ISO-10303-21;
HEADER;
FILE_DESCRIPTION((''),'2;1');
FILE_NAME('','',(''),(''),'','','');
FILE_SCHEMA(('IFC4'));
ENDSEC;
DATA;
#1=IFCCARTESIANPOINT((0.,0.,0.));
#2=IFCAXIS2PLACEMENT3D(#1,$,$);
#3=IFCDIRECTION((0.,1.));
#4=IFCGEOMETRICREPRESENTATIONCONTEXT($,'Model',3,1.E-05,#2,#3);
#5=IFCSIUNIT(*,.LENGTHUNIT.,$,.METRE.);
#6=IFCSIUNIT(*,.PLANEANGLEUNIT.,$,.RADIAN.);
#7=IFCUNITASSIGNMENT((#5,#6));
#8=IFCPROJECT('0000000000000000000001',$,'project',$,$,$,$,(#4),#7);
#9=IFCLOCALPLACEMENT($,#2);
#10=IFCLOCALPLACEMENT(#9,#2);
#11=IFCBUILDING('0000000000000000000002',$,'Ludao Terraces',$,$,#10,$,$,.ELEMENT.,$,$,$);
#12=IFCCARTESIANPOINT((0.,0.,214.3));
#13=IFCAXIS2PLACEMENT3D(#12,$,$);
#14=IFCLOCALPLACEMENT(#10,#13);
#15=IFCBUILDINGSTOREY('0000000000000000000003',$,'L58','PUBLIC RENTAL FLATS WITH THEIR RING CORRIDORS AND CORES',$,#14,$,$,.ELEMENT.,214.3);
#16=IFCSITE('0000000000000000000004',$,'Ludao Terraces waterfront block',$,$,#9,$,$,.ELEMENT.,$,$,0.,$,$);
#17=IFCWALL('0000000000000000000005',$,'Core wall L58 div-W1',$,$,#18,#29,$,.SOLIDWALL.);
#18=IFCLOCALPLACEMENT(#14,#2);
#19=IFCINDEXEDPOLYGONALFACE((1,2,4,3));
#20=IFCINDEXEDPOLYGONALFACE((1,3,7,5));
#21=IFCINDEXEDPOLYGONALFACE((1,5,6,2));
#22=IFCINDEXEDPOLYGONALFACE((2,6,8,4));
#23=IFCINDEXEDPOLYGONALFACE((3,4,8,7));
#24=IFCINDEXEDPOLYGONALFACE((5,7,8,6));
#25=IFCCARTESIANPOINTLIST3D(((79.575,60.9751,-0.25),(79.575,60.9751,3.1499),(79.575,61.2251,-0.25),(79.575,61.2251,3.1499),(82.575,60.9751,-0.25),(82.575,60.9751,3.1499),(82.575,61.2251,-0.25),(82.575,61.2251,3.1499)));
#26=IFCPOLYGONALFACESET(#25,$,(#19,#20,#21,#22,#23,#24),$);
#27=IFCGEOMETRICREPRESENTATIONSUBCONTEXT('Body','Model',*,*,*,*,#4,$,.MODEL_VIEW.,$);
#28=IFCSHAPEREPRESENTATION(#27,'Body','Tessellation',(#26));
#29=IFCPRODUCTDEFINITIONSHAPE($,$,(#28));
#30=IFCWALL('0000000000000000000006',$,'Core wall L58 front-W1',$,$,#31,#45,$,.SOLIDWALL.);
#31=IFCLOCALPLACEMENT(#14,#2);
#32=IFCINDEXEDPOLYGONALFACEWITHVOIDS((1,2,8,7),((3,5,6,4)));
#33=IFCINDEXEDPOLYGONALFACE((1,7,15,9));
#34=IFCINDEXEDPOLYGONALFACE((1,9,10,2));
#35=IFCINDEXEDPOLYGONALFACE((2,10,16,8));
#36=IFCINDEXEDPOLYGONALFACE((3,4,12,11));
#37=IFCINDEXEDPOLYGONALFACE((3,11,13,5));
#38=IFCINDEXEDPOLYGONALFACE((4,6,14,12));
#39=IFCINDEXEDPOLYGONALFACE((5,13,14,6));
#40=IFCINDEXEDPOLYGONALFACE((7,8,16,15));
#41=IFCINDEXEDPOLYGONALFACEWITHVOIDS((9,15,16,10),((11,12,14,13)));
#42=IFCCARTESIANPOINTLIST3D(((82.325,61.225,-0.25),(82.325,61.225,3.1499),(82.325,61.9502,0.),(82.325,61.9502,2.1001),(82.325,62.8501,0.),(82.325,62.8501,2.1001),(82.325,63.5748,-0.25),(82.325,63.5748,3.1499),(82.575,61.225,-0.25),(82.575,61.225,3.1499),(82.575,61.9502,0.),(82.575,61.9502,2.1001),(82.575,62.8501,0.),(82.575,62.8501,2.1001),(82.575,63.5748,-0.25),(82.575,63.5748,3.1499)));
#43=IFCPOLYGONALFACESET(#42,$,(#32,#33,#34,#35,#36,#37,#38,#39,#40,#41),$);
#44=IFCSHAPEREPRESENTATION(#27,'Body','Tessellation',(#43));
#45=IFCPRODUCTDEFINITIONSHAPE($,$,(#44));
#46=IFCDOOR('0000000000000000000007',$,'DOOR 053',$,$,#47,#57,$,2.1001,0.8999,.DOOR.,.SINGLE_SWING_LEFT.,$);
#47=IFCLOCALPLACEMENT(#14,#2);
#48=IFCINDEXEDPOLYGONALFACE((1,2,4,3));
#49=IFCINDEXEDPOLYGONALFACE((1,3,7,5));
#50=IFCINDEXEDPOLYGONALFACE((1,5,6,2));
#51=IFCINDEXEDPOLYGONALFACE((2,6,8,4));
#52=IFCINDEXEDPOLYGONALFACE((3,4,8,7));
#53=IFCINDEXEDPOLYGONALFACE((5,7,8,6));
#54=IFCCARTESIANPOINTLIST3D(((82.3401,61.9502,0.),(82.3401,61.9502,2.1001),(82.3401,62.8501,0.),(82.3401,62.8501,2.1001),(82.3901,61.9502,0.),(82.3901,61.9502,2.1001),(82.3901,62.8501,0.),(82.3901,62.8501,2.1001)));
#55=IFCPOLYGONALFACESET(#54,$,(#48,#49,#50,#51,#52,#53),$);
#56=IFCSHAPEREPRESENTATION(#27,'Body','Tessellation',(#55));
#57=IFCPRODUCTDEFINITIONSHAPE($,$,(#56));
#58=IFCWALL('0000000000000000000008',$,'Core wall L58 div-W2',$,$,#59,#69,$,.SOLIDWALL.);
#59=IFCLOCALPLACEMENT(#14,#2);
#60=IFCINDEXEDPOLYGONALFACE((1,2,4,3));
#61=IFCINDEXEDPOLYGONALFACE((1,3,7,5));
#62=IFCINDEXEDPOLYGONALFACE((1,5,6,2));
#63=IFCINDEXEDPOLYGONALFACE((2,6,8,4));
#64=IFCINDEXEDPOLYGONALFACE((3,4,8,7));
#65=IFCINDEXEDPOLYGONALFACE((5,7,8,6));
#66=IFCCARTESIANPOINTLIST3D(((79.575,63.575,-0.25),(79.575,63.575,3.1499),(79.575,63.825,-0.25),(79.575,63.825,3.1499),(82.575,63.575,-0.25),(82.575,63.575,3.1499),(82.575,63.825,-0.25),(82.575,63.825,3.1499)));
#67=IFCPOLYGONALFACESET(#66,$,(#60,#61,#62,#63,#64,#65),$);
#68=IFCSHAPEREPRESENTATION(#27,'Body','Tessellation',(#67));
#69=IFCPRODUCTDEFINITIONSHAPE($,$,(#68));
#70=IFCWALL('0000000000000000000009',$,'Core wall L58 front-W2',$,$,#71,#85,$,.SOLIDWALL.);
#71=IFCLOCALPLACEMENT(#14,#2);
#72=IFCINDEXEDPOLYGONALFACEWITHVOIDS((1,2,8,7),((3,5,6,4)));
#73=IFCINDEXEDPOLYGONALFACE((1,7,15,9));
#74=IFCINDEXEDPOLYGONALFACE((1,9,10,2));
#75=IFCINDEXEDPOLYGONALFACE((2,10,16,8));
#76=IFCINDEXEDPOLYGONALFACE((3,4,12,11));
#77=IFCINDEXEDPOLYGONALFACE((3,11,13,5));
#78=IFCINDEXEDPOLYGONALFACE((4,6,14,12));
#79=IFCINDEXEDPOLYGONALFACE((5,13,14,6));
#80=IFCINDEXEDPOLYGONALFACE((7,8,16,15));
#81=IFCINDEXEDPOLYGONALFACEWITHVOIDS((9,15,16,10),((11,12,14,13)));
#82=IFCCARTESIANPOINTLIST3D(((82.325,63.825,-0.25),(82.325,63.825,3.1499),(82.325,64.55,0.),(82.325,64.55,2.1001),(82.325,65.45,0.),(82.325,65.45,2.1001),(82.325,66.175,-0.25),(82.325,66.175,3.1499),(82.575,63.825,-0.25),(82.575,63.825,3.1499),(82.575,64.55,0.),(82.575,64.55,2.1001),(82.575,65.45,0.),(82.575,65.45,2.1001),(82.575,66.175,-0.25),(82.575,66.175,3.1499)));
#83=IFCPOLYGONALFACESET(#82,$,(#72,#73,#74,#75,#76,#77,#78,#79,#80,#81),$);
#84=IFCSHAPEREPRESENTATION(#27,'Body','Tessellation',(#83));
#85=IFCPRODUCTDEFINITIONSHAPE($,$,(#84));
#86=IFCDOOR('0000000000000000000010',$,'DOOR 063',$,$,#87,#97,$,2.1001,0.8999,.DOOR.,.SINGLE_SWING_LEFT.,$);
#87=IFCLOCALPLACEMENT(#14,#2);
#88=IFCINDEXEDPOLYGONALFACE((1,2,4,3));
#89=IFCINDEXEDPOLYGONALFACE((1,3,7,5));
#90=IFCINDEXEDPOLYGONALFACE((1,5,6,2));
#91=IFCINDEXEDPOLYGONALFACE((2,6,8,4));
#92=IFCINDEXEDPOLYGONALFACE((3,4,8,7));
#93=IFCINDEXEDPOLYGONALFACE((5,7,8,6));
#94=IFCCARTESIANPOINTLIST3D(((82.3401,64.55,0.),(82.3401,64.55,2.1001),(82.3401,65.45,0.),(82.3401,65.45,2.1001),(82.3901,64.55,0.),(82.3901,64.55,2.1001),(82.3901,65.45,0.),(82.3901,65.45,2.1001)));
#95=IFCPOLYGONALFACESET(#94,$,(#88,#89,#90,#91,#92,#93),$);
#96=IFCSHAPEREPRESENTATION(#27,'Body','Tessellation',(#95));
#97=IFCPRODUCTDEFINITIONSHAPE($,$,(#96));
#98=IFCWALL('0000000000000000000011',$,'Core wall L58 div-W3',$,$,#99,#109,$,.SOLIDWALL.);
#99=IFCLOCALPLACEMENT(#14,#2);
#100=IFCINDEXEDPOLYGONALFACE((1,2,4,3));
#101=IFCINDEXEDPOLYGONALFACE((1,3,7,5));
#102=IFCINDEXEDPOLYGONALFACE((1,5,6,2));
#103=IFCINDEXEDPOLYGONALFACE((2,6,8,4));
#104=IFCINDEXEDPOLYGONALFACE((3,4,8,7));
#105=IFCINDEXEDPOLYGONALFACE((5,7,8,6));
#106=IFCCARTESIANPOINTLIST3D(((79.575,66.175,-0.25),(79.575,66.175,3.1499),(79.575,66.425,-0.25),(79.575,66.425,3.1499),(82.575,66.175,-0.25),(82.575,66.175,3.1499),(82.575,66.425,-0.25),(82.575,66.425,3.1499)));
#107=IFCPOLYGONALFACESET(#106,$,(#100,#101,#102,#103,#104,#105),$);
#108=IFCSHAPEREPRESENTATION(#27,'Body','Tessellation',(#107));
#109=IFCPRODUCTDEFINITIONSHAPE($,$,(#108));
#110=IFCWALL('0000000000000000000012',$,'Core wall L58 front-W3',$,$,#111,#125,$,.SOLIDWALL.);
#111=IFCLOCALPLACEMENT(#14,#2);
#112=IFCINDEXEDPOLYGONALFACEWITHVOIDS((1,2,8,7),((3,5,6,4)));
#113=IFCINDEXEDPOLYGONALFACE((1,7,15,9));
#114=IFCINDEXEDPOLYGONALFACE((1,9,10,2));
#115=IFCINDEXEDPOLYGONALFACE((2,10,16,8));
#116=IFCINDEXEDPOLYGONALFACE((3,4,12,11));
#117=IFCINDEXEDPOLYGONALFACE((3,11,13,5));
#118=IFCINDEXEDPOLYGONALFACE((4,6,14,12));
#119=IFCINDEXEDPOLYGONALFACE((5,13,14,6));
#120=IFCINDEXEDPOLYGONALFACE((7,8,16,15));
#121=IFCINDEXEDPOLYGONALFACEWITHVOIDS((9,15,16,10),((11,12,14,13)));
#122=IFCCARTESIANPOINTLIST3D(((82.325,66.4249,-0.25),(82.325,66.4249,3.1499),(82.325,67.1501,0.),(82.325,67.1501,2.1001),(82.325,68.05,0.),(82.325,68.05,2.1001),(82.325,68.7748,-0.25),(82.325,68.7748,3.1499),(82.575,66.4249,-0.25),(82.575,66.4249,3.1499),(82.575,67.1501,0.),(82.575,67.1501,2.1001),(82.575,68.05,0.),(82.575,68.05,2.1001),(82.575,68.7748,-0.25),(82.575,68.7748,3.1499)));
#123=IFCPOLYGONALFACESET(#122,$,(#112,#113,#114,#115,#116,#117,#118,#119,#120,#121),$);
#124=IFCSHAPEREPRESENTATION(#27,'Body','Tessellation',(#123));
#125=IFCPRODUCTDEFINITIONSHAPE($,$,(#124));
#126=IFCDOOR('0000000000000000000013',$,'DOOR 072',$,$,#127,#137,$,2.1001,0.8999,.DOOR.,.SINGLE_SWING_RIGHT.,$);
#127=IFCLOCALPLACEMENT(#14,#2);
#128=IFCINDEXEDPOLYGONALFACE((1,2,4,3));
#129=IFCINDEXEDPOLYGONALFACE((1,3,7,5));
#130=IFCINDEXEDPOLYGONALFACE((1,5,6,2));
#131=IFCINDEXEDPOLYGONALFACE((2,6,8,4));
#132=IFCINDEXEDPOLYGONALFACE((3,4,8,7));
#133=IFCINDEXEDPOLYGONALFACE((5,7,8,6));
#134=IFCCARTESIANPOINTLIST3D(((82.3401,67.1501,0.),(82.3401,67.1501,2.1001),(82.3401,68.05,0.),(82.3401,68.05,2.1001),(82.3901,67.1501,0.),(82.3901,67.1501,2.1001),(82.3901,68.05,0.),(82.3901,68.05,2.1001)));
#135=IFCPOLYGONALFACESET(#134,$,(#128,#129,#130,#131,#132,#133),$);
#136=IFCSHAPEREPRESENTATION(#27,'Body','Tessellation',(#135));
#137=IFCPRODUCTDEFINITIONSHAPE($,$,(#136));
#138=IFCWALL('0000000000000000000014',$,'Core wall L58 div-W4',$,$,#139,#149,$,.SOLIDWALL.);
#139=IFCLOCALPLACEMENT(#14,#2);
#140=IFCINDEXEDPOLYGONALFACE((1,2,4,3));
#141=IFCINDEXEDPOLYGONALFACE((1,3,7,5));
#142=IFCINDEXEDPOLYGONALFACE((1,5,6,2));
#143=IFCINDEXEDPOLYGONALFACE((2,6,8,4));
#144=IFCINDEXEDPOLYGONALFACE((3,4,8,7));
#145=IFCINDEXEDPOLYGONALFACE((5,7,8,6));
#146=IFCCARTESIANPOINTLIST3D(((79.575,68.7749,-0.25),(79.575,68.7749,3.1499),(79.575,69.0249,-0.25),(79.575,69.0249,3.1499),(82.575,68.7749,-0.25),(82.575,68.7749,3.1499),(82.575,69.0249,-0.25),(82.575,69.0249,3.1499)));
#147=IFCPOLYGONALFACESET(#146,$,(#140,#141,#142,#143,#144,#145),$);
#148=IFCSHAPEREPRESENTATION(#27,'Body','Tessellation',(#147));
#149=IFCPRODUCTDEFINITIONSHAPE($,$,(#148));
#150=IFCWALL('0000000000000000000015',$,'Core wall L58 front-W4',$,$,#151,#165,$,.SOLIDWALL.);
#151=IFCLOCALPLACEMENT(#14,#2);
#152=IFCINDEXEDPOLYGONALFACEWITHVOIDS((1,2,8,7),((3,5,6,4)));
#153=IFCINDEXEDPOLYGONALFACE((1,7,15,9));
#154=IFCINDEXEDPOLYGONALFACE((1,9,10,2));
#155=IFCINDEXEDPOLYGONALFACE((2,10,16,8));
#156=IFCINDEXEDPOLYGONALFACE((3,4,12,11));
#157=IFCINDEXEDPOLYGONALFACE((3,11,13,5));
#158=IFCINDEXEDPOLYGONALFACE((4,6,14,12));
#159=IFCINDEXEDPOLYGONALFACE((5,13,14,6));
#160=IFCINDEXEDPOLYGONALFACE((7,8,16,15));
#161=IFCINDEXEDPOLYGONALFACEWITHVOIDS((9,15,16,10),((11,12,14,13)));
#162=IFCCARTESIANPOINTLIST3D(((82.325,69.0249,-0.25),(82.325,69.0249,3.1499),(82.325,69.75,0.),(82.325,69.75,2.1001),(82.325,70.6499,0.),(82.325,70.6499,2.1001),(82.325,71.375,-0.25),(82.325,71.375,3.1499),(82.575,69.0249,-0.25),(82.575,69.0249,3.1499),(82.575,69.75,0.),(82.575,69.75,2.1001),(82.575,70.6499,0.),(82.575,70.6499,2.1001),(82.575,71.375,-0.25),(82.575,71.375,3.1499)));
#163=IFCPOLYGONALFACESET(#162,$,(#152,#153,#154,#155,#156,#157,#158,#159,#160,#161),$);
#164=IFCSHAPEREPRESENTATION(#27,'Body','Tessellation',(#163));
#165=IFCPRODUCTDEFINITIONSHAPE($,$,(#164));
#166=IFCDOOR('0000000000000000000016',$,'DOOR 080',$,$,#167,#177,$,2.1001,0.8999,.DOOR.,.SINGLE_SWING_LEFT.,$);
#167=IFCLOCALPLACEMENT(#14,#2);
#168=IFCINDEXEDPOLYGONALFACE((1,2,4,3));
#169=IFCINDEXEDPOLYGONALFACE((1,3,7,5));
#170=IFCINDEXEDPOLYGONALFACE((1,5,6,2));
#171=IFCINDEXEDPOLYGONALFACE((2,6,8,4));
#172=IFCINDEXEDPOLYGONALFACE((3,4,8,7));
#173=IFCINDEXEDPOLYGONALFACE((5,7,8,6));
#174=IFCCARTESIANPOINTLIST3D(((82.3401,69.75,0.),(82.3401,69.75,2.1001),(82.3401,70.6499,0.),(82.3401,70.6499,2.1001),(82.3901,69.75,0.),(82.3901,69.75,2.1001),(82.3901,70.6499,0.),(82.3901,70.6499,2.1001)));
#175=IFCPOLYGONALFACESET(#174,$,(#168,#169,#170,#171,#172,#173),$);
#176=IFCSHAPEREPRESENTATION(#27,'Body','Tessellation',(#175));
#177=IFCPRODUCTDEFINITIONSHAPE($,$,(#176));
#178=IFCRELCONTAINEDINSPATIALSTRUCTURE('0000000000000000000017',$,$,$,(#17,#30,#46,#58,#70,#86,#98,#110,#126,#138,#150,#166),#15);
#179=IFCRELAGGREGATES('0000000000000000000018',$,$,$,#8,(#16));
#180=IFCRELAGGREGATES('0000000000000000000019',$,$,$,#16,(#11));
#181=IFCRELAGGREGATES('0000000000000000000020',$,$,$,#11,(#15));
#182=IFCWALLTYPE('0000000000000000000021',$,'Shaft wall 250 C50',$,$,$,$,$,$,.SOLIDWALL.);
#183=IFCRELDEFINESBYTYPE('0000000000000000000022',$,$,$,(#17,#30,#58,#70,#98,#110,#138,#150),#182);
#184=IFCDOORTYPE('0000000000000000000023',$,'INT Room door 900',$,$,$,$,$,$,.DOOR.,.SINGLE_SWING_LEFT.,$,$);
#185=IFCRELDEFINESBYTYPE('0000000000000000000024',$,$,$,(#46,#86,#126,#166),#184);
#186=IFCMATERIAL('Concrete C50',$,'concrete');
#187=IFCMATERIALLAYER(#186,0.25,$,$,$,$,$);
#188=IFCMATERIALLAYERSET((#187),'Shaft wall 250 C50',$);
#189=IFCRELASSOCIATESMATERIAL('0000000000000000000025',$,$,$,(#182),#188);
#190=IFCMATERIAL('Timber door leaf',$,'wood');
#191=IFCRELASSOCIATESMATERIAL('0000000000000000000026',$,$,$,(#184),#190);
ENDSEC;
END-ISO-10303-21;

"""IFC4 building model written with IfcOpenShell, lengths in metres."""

from ifc_helpers import new_model, si_unit, direction, frame, frame_2d, origin, place, context, subcontext, project, spatial, rectangle, extrude, material, layer, layer_set, type_object, element, fill, save


model = new_model("IFC4")

# Units and contexts
model_context = context("Model", 3, precision=1e-05, world=origin(), true_north=direction((0.0, 1.0)))
body_context = subcontext(model_context, "Body", "Model", "MODEL_VIEW")
ifc_project = project(units=[si_unit("LENGTHUNIT", "METRE"), si_unit("PLANEANGLEUNIT", "RADIAN")], contexts=[model_context])

# Site, building, storey
site_placement = place(None, origin())
site = spatial("IfcSite", under=ifc_project, at=site_placement, Name="Ludao Terraces waterfront block", CompositionType="ELEMENT", RefElevation=0.0)
building_placement = place(site_placement, origin())
building = spatial("IfcBuilding", under=site, at=building_placement, Name="Ludao Terraces", CompositionType="ELEMENT")
storey_placement = place(building_placement, frame((0.0, 0.0, 214.3)))
storey = spatial("IfcBuildingStorey", under=building, at=storey_placement, Name="L58", Description="PUBLIC RENTAL FLATS WITH THEIR RING CORRIDORS AND CORES", CompositionType="ELEMENT", Elevation=214.3)

# Shared definitions
ifc_material_1 = material(Name="Timber door leaf", Category="wood")

# Wall
ifc_material_2 = material(Name="Concrete C50", Category="concrete")
ifc_layer_1 = layer(ifc_material_2, 0.25)
ifc_layer_set_1 = layer_set([ifc_layer_1], Name="Shaft wall 250 C50")
wall_type_1 = type_object("IfcWallType", Name="Shaft wall 250 C50", PredefinedType="SOLIDWALL", material=ifc_layer_set_1)
wall_1_placement = place(storey_placement, frame((79.575, 61.1001, -0.25), z_axis=(0.0, 0.0, 1.0), x_axis=(1.0, 0.0, 0.0)))
element("IfcWall", 1, at=wall_1_placement, inside=storey, type_object=wall_type_1, Name="Core wall L58 div-W1", PredefinedType="SOLIDWALL", context=body_context, shape_type="SweptSolid", body=[
    extrude(rectangle(XDim=3.0, YDim=0.25, at=frame_2d((1.5, 0.0))), origin(), (0.0, 0.0, 1.0), 3.3999),
])

# Wall, opening, door
wall_2_placement = place(storey_placement, frame((82.45, 61.2251, -0.25), z_axis=(0.0, 0.0, 1.0), x_axis=(0.0, 1.0, 0.0)))
wall_2 = element("IfcWall", 2, at=wall_2_placement, inside=storey, type_object=wall_type_1, Name="Core wall L58 front-W1", PredefinedType="SOLIDWALL", context=body_context, shape_type="SweptSolid", body=[
    extrude(rectangle(XDim=2.3499, YDim=0.25, at=frame_2d((1.1748, 0.0))), origin(), (0.0, 0.0, 1.0), 3.3999),
])
opening_1_placement = place(wall_2_placement, frame((0.7251, 0.0, 0.25)))
opening_1 = element("IfcOpeningElement", 3, at=opening_1_placement, cuts=wall_2, PredefinedType="OPENING", context=body_context, shape_type="SweptSolid", body=[
    extrude(rectangle(XDim=0.8999, YDim=2.1001, at=frame_2d((0.45, 1.05))), frame((0.0, 0.135, 0.0), z_axis=(0.0, -1.0, 0.0), x_axis=(1.0, 0.0, 0.0)), (0.0, 0.0, 1.0), 0.27),
])
door_type_1 = type_object("IfcDoorType", Name="INT Room door 900", OperationType="SINGLE_SWING_LEFT", PredefinedType="DOOR", material=ifc_material_1)
door_1_placement = place(opening_1_placement, origin())
door_1 = element("IfcDoor", 4, at=door_1_placement, inside=storey, type_object=door_type_1, Name="DOOR 053", OperationType="SINGLE_SWING_LEFT", OverallHeight=2.1001, OverallWidth=0.8999, PredefinedType="DOOR", context=body_context, shape_type="SweptSolid", body=[
    extrude(rectangle(XDim=0.8999, YDim=2.1001, at=frame_2d((0.45, 1.05))), frame((0.0, 0.1099, 0.0), z_axis=(0.0, -1.0, 0.0), x_axis=(1.0, 0.0, 0.0)), (0.0, 0.0, 1.0), 0.05),
])
fill(opening_1, door_1)

# Wall
wall_3_placement = place(storey_placement, frame((79.575, 63.7, -0.25), z_axis=(0.0, 0.0, 1.0), x_axis=(1.0, 0.0, 0.0)))
element("IfcWall", 5, at=wall_3_placement, inside=storey, type_object=wall_type_1, Name="Core wall L58 div-W2", PredefinedType="SOLIDWALL", context=body_context, shape_type="SweptSolid", body=[
    extrude(rectangle(XDim=3.0, YDim=0.25, at=frame_2d((1.5, 0.0))), origin(), (0.0, 0.0, 1.0), 3.3999),
])

# Wall, opening, door
wall_4_placement = place(storey_placement, frame((82.45, 63.825, -0.25), z_axis=(0.0, 0.0, 1.0), x_axis=(0.0, 1.0, 0.0)))
wall_4 = element("IfcWall", 6, at=wall_4_placement, inside=storey, type_object=wall_type_1, Name="Core wall L58 front-W2", PredefinedType="SOLIDWALL", context=body_context, shape_type="SweptSolid", body=[
    extrude(rectangle(XDim=2.3501, YDim=0.25, at=frame_2d((1.175, 0.0))), origin(), (0.0, 0.0, 1.0), 3.3999),
])
opening_2_placement = place(wall_4_placement, frame((0.7251, 0.0, 0.25)))
opening_2 = element("IfcOpeningElement", 7, at=opening_2_placement, cuts=wall_4, PredefinedType="OPENING", context=body_context, shape_type="SweptSolid", body=[
    extrude(rectangle(XDim=0.8999, YDim=2.1001, at=frame_2d((0.45, 1.05))), frame((0.0, 0.135, 0.0), z_axis=(0.0, -1.0, 0.0), x_axis=(1.0, 0.0, 0.0)), (0.0, 0.0, 1.0), 0.27),
])
door_2_placement = place(opening_2_placement, origin())
door_2 = element("IfcDoor", 8, at=door_2_placement, inside=storey, type_object=door_type_1, Name="DOOR 063", OperationType="SINGLE_SWING_LEFT", OverallHeight=2.1001, OverallWidth=0.8999, PredefinedType="DOOR", context=body_context, shape_type="SweptSolid", body=[
    extrude(rectangle(XDim=0.8999, YDim=2.1001, at=frame_2d((0.45, 1.05))), frame((0.0, 0.1099, 0.0), z_axis=(0.0, -1.0, 0.0), x_axis=(1.0, 0.0, 0.0)), (0.0, 0.0, 1.0), 0.05),
])
fill(opening_2, door_2)

# Wall
wall_5_placement = place(storey_placement, frame((79.575, 66.3, -0.25), z_axis=(0.0, 0.0, 1.0), x_axis=(1.0, 0.0, 0.0)))
element("IfcWall", 9, at=wall_5_placement, inside=storey, type_object=wall_type_1, Name="Core wall L58 div-W3", PredefinedType="SOLIDWALL", context=body_context, shape_type="SweptSolid", body=[
    extrude(rectangle(XDim=3.0, YDim=0.25, at=frame_2d((1.5, 0.0))), origin(), (0.0, 0.0, 1.0), 3.3999),
])

# Wall, opening, door
wall_6_placement = place(storey_placement, frame((82.45, 66.425, -0.25), z_axis=(0.0, 0.0, 1.0), x_axis=(0.0, 1.0, 0.0)))
wall_6 = element("IfcWall", 10, at=wall_6_placement, inside=storey, type_object=wall_type_1, Name="Core wall L58 front-W3", PredefinedType="SOLIDWALL", context=body_context, shape_type="SweptSolid", body=[
    extrude(rectangle(XDim=2.3499, YDim=0.25, at=frame_2d((1.1748, 0.0))), origin(), (0.0, 0.0, 1.0), 3.3999),
])
opening_3_placement = place(wall_6_placement, frame((0.7251, 0.0, 0.25)))
opening_3 = element("IfcOpeningElement", 11, at=opening_3_placement, cuts=wall_6, PredefinedType="OPENING", context=body_context, shape_type="SweptSolid", body=[
    extrude(rectangle(XDim=0.8999, YDim=2.1001, at=frame_2d((0.45, 1.05))), frame((0.0, 0.135, 0.0), z_axis=(0.0, -1.0, 0.0), x_axis=(1.0, 0.0, 0.0)), (0.0, 0.0, 1.0), 0.27),
])
door_3_placement = place(opening_3_placement, origin())
door_3 = element("IfcDoor", 12, at=door_3_placement, inside=storey, type_object=door_type_1, Name="DOOR 072", OperationType="SINGLE_SWING_RIGHT", OverallHeight=2.1001, OverallWidth=0.8999, PredefinedType="DOOR", context=body_context, shape_type="SweptSolid", body=[
    extrude(rectangle(XDim=0.8999, YDim=2.1001, at=frame_2d((0.45, 1.05))), frame((0.0, 0.1099, 0.0), z_axis=(0.0, -1.0, 0.0), x_axis=(1.0, 0.0, 0.0)), (0.0, 0.0, 1.0), 0.05),
])
fill(opening_3, door_3)

# Wall
wall_7_placement = place(storey_placement, frame((79.575, 68.8999, -0.25), z_axis=(0.0, 0.0, 1.0), x_axis=(1.0, 0.0, 0.0)))
element("IfcWall", 13, at=wall_7_placement, inside=storey, type_object=wall_type_1, Name="Core wall L58 div-W4", PredefinedType="SOLIDWALL", context=body_context, shape_type="SweptSolid", body=[
    extrude(rectangle(XDim=3.0, YDim=0.25, at=frame_2d((1.5, 0.0))), origin(), (0.0, 0.0, 1.0), 3.3999),
])

# Wall, opening, door
wall_8_placement = place(storey_placement, frame((82.45, 69.0249, -0.25), z_axis=(0.0, 0.0, 1.0), x_axis=(0.0, 1.0, 0.0)))
wall_8 = element("IfcWall", 14, at=wall_8_placement, inside=storey, type_object=wall_type_1, Name="Core wall L58 front-W4", PredefinedType="SOLIDWALL", context=body_context, shape_type="SweptSolid", body=[
    extrude(rectangle(XDim=2.3501, YDim=0.25, at=frame_2d((1.175, 0.0))), origin(), (0.0, 0.0, 1.0), 3.3999),
])
opening_4_placement = place(wall_8_placement, frame((0.7251, 0.0, 0.25)))
opening_4 = element("IfcOpeningElement", 15, at=opening_4_placement, cuts=wall_8, PredefinedType="OPENING", context=body_context, shape_type="SweptSolid", body=[
    extrude(rectangle(XDim=0.8999, YDim=2.1001, at=frame_2d((0.45, 1.05))), frame((0.0, 0.135, 0.0), z_axis=(0.0, -1.0, 0.0), x_axis=(1.0, 0.0, 0.0)), (0.0, 0.0, 1.0), 0.27),
])
door_4_placement = place(opening_4_placement, origin())
door_4 = element("IfcDoor", 16, at=door_4_placement, inside=storey, type_object=door_type_1, Name="DOOR 080", OperationType="SINGLE_SWING_LEFT", OverallHeight=2.1001, OverallWidth=0.8999, PredefinedType="DOOR", context=body_context, shape_type="SweptSolid", body=[
    extrude(rectangle(XDim=0.8999, YDim=2.1001, at=frame_2d((0.45, 1.05))), frame((0.0, 0.1099, 0.0), z_axis=(0.0, -1.0, 0.0), x_axis=(1.0, 0.0, 0.0)), (0.0, 0.0, 1.0), 0.05),
])
fill(opening_4, door_4)

save(model, "model.ifc")
